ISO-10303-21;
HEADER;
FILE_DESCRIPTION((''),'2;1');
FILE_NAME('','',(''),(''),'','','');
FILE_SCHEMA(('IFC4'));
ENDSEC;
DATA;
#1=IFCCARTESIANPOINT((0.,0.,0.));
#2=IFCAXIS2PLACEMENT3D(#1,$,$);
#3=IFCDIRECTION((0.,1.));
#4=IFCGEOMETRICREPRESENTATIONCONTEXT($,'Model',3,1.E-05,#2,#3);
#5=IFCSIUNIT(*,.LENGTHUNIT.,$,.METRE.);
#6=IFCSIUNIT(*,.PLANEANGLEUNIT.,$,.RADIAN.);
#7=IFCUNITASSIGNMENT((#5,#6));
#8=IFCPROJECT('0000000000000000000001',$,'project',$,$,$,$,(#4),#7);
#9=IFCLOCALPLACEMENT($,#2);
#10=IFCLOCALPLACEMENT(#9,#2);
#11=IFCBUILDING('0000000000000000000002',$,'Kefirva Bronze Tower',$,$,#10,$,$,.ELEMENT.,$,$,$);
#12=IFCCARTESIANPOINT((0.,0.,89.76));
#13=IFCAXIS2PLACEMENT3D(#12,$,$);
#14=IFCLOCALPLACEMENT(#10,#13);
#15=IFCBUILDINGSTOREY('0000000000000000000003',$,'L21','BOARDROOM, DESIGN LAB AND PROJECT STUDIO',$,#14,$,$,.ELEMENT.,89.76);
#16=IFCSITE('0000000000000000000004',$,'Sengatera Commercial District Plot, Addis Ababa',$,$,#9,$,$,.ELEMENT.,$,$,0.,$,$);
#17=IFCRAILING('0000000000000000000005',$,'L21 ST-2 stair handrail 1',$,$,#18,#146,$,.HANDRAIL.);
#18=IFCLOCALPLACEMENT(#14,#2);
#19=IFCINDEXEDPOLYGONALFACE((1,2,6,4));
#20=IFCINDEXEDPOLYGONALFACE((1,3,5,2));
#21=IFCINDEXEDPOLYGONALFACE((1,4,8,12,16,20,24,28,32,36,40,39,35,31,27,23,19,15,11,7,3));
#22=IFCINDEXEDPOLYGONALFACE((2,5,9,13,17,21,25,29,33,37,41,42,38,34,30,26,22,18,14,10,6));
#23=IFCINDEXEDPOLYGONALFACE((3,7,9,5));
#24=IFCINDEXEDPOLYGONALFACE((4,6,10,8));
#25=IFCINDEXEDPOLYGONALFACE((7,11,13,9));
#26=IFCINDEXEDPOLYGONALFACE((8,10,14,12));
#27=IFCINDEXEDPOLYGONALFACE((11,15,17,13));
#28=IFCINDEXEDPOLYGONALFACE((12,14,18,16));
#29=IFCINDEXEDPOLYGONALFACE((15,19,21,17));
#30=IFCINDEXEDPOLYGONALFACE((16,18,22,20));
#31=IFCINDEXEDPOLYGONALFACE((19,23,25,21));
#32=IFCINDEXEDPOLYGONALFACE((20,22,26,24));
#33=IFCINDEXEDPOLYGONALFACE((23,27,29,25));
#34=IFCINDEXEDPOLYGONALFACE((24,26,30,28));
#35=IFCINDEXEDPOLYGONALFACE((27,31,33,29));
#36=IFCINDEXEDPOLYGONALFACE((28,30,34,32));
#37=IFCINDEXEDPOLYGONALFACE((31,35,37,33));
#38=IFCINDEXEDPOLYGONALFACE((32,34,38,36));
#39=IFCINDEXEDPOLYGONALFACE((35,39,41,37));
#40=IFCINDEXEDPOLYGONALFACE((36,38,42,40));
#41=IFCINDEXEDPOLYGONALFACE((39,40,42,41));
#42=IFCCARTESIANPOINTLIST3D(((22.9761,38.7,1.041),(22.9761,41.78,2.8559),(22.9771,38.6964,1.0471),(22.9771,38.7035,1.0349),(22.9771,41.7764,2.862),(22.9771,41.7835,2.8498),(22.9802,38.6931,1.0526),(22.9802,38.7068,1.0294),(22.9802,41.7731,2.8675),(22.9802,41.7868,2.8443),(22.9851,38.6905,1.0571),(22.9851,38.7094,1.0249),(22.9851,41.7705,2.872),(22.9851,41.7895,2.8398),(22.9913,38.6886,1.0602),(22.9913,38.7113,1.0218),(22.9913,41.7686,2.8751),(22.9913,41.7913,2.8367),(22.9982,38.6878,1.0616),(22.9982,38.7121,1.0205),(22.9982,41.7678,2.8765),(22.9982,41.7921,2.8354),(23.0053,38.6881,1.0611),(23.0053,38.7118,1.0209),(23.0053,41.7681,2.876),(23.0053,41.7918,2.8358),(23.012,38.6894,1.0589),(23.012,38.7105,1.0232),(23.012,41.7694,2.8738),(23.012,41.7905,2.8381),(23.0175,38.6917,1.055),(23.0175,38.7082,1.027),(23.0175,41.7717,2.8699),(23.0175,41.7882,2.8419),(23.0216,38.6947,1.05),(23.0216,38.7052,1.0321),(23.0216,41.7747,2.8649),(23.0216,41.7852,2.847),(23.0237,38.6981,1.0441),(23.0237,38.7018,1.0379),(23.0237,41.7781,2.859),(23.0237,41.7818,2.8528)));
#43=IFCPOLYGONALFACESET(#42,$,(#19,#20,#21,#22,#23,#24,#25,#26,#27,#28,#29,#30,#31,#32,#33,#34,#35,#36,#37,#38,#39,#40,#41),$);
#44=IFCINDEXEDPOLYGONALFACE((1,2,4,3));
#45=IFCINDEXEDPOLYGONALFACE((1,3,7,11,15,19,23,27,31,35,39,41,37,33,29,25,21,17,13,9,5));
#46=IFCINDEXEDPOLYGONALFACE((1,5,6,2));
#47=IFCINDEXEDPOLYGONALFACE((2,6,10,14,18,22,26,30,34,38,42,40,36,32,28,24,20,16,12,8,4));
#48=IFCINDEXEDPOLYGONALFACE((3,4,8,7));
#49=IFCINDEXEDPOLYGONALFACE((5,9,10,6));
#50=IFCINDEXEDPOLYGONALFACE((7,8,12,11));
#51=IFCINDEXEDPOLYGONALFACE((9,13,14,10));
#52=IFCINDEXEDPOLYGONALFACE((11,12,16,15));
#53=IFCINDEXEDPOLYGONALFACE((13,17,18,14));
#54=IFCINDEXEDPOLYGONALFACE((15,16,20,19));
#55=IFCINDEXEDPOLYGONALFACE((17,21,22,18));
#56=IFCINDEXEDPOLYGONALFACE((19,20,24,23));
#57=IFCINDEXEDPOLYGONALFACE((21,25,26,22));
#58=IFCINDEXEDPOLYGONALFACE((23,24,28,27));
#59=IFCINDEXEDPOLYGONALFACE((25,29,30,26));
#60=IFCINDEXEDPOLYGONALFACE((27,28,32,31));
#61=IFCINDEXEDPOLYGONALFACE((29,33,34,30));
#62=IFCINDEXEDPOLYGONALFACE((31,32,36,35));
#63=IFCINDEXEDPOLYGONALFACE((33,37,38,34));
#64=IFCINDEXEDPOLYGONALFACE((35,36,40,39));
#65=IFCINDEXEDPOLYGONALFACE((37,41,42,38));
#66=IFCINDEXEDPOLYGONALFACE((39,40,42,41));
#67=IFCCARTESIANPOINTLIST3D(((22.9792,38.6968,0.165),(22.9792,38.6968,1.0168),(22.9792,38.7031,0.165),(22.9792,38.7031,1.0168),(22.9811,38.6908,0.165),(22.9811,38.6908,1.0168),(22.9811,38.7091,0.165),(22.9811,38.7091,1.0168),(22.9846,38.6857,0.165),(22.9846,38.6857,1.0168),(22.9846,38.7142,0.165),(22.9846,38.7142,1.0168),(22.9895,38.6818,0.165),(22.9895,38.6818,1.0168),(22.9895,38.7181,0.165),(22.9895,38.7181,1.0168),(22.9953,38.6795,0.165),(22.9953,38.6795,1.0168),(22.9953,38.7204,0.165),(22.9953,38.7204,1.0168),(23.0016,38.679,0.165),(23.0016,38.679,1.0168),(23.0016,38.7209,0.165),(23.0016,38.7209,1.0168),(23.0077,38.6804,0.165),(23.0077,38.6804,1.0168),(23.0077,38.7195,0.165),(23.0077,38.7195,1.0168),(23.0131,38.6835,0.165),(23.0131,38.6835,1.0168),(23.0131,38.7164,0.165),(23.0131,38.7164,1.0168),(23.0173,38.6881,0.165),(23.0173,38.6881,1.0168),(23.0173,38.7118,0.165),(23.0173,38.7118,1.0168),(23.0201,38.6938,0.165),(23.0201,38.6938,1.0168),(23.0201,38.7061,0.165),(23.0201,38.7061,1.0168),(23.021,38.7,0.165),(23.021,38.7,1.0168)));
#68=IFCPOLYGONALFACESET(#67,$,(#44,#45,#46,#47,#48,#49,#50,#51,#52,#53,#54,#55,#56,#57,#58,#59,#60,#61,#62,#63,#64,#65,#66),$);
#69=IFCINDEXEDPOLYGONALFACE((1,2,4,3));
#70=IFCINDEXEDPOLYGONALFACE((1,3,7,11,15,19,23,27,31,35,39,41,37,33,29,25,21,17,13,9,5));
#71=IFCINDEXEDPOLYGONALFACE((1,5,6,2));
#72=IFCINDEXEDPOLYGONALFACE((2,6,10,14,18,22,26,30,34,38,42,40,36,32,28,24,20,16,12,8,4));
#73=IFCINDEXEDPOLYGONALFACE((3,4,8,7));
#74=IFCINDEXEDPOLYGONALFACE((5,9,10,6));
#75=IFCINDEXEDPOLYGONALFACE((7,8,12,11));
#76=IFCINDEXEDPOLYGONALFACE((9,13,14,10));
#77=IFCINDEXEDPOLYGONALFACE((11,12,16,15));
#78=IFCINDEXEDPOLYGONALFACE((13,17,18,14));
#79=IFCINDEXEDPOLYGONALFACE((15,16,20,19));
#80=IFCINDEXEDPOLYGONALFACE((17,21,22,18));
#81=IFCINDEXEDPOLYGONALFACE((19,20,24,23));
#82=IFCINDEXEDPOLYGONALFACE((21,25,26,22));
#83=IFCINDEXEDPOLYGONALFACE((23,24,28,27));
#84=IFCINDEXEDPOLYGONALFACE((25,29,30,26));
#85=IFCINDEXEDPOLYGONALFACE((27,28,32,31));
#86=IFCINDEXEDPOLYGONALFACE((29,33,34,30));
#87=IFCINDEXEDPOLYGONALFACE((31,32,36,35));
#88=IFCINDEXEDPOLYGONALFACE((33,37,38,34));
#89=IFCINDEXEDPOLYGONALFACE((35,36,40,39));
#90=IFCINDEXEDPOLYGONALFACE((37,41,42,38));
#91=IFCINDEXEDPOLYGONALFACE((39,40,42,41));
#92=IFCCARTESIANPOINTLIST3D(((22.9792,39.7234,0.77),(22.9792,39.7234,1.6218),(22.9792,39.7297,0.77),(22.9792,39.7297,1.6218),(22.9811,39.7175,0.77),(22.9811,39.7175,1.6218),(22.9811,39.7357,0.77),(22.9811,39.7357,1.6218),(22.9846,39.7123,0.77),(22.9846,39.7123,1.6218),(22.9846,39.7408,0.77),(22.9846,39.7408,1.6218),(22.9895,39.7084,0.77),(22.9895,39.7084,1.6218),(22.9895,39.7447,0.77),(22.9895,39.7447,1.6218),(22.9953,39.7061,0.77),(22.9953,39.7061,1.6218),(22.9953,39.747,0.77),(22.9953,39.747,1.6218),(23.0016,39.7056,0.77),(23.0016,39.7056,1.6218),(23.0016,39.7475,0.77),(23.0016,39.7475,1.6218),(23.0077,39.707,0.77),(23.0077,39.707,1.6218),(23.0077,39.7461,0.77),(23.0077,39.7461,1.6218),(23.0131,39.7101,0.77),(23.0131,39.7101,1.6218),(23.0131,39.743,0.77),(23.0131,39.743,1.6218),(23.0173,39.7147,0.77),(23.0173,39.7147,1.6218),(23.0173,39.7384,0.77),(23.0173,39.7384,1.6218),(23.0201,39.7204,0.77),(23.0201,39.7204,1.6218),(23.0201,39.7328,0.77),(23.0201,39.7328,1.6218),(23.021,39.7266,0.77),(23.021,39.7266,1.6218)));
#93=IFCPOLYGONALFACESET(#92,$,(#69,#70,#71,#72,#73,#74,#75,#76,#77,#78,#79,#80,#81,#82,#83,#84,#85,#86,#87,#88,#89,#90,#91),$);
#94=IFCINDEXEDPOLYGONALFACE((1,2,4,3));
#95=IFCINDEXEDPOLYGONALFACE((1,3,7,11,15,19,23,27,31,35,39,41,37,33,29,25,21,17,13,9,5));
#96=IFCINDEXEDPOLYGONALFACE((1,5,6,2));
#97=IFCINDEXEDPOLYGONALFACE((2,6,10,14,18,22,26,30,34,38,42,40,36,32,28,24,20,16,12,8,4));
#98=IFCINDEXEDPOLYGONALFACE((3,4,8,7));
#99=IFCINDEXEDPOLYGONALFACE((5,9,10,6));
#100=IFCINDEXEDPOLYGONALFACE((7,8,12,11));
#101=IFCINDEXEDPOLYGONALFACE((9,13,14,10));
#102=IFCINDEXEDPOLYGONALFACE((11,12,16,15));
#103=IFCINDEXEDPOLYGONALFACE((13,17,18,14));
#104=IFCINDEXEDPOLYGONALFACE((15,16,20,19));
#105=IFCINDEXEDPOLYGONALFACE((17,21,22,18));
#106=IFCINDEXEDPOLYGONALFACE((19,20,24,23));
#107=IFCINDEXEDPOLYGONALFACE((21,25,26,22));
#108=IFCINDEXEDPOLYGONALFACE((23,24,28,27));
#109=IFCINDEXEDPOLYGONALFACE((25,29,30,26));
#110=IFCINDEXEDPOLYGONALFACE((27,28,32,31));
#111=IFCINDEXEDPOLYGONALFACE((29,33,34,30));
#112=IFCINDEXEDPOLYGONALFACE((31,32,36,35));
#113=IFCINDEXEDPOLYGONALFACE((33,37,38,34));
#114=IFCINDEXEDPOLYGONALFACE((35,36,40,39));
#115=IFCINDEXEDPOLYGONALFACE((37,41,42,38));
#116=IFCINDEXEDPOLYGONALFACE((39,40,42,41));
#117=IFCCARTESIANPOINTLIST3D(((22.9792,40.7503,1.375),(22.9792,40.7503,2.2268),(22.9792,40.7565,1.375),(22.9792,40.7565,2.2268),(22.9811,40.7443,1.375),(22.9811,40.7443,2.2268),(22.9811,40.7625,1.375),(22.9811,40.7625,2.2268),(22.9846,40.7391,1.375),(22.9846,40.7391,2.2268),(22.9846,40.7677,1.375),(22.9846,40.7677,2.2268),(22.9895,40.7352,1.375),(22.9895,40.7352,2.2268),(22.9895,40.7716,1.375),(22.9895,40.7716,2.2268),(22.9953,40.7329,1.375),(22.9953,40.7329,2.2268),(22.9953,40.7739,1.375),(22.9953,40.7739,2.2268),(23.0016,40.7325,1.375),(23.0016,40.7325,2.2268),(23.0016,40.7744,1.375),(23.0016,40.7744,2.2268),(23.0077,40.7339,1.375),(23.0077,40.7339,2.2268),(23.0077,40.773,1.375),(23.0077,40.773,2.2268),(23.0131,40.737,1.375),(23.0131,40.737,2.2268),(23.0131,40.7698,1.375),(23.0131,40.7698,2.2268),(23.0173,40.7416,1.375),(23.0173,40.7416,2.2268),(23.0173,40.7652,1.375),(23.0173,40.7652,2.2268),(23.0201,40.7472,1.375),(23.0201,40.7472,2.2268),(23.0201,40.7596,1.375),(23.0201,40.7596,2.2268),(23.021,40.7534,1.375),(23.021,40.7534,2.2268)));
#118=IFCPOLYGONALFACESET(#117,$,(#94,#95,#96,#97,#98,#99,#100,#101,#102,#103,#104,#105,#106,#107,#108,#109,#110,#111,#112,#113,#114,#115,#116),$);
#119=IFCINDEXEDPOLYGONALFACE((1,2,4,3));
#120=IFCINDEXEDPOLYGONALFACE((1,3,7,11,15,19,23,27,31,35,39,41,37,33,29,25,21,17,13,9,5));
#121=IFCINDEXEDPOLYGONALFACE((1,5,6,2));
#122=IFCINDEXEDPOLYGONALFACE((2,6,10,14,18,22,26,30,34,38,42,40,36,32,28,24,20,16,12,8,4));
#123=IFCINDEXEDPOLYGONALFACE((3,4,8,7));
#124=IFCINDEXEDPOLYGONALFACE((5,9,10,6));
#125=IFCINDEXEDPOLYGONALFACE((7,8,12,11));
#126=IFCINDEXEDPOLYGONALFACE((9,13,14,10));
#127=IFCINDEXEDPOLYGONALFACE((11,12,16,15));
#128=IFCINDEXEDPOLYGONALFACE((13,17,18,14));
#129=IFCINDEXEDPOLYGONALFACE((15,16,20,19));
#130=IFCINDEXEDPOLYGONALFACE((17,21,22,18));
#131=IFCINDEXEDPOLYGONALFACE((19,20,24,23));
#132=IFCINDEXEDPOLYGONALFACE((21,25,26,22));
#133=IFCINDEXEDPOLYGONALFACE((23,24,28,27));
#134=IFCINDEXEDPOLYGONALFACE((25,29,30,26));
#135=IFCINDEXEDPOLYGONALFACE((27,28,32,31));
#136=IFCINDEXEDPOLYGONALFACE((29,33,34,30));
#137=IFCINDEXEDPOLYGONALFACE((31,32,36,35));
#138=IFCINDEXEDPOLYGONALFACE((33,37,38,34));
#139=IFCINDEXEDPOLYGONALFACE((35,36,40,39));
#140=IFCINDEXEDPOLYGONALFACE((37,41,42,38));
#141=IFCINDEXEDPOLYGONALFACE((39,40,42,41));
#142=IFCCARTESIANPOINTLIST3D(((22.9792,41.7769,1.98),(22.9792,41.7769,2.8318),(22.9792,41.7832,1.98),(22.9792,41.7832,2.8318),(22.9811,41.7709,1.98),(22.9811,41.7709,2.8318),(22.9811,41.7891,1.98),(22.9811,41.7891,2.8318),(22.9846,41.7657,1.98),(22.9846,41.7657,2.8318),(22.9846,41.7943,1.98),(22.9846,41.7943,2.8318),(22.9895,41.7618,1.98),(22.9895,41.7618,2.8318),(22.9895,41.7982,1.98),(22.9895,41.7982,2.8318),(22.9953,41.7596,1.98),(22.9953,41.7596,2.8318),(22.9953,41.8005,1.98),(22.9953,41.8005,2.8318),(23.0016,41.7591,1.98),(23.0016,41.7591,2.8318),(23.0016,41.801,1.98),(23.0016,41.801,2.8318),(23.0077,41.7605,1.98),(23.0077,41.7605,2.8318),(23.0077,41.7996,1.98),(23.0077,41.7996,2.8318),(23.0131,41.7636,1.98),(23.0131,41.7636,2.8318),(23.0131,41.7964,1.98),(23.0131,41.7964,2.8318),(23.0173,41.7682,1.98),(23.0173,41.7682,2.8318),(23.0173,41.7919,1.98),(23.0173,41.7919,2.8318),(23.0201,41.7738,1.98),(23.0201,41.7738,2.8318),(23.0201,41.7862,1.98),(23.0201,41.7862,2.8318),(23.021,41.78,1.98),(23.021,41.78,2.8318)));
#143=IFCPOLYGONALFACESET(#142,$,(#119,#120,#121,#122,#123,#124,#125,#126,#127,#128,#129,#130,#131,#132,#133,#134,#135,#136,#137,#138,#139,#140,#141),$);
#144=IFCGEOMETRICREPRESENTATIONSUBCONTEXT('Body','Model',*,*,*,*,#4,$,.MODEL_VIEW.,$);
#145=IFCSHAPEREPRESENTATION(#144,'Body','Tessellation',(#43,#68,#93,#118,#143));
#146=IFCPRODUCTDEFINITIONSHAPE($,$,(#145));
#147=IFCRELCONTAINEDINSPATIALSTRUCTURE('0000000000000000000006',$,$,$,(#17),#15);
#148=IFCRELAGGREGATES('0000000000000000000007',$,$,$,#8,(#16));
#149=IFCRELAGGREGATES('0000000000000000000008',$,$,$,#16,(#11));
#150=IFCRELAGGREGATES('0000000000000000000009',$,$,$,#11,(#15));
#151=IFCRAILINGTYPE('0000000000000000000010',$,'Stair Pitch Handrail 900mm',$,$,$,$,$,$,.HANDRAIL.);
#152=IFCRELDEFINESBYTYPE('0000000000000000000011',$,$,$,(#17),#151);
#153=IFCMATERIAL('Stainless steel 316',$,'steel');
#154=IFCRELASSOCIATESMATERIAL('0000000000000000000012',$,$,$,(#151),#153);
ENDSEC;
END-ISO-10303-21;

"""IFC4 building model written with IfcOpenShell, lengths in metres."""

from ifc_helpers import new_model, si_unit, direction, frame, origin, origin_2d, place, context, subcontext, project, spatial, circle, extrude, material, type_object, element, save


model = new_model("IFC4")

# Units and contexts
model_context = context("Model", 3, precision=1e-05, world=origin(), true_north=direction((0.0, 1.0)))
body_context = subcontext(model_context, "Body", "Model", "MODEL_VIEW")
ifc_project = project(units=[si_unit("LENGTHUNIT", "METRE"), si_unit("PLANEANGLEUNIT", "RADIAN")], contexts=[model_context])

# Site, building, storey
site_placement = place(None, origin())
site = spatial("IfcSite", under=ifc_project, at=site_placement, Name="Sengatera Commercial District Plot, Addis Ababa", CompositionType="ELEMENT", RefElevation=0.0)
building_placement = place(site_placement, origin())
building = spatial("IfcBuilding", under=site, at=building_placement, Name="Kefirva Bronze Tower", CompositionType="ELEMENT")
storey_placement = place(building_placement, frame((0.0, 0.0, 89.76)))
storey = spatial("IfcBuildingStorey", under=building, at=storey_placement, Name="L21", Description="BOARDROOM, DESIGN LAB AND PROJECT STUDIO", CompositionType="ELEMENT", Elevation=89.76)

# Railing
ifc_material_1 = material(Name="Stainless steel 316", Category="steel")
railing_type_1 = type_object("IfcRailingType", Name="Stair Pitch Handrail 900mm", PredefinedType="HANDRAIL", material=ifc_material_1)
railing_1_placement = place(storey_placement, frame((23.0, 38.7, 0.165)))
element("IfcRailing", 1, at=railing_1_placement, inside=storey, type_object=railing_type_1, Name="L21 ST-2 stair handrail 1", PredefinedType="HANDRAIL", context=body_context, shape_type="SweptSolid", body=[
    extrude(circle(Radius=0.0239, at=origin_2d()), frame((0.0, 0.0, 0.876), z_axis=(0.0, 0.861551, 0.507671), x_axis=(-1.0, 0.0, 0.0)), (0.0, 0.0, 1.0), 3.575),
    extrude(circle(Radius=0.021, at=origin_2d()), origin(), (0.0, 0.0, 1.0), 0.8518),
    extrude(circle(Radius=0.021, at=origin_2d()), frame((0.0, 1.0266, 0.605)), (0.0, 0.0, 1.0), 0.8518),
    extrude(circle(Radius=0.021, at=origin_2d()), frame((0.0, 2.0535, 1.21)), (0.0, 0.0, 1.0), 0.8518),
    extrude(circle(Radius=0.021, at=origin_2d()), frame((0.0, 3.0801, 1.8149)), (0.0, 0.0, 1.0), 0.8518),
])

save(model, "model.ifc")
